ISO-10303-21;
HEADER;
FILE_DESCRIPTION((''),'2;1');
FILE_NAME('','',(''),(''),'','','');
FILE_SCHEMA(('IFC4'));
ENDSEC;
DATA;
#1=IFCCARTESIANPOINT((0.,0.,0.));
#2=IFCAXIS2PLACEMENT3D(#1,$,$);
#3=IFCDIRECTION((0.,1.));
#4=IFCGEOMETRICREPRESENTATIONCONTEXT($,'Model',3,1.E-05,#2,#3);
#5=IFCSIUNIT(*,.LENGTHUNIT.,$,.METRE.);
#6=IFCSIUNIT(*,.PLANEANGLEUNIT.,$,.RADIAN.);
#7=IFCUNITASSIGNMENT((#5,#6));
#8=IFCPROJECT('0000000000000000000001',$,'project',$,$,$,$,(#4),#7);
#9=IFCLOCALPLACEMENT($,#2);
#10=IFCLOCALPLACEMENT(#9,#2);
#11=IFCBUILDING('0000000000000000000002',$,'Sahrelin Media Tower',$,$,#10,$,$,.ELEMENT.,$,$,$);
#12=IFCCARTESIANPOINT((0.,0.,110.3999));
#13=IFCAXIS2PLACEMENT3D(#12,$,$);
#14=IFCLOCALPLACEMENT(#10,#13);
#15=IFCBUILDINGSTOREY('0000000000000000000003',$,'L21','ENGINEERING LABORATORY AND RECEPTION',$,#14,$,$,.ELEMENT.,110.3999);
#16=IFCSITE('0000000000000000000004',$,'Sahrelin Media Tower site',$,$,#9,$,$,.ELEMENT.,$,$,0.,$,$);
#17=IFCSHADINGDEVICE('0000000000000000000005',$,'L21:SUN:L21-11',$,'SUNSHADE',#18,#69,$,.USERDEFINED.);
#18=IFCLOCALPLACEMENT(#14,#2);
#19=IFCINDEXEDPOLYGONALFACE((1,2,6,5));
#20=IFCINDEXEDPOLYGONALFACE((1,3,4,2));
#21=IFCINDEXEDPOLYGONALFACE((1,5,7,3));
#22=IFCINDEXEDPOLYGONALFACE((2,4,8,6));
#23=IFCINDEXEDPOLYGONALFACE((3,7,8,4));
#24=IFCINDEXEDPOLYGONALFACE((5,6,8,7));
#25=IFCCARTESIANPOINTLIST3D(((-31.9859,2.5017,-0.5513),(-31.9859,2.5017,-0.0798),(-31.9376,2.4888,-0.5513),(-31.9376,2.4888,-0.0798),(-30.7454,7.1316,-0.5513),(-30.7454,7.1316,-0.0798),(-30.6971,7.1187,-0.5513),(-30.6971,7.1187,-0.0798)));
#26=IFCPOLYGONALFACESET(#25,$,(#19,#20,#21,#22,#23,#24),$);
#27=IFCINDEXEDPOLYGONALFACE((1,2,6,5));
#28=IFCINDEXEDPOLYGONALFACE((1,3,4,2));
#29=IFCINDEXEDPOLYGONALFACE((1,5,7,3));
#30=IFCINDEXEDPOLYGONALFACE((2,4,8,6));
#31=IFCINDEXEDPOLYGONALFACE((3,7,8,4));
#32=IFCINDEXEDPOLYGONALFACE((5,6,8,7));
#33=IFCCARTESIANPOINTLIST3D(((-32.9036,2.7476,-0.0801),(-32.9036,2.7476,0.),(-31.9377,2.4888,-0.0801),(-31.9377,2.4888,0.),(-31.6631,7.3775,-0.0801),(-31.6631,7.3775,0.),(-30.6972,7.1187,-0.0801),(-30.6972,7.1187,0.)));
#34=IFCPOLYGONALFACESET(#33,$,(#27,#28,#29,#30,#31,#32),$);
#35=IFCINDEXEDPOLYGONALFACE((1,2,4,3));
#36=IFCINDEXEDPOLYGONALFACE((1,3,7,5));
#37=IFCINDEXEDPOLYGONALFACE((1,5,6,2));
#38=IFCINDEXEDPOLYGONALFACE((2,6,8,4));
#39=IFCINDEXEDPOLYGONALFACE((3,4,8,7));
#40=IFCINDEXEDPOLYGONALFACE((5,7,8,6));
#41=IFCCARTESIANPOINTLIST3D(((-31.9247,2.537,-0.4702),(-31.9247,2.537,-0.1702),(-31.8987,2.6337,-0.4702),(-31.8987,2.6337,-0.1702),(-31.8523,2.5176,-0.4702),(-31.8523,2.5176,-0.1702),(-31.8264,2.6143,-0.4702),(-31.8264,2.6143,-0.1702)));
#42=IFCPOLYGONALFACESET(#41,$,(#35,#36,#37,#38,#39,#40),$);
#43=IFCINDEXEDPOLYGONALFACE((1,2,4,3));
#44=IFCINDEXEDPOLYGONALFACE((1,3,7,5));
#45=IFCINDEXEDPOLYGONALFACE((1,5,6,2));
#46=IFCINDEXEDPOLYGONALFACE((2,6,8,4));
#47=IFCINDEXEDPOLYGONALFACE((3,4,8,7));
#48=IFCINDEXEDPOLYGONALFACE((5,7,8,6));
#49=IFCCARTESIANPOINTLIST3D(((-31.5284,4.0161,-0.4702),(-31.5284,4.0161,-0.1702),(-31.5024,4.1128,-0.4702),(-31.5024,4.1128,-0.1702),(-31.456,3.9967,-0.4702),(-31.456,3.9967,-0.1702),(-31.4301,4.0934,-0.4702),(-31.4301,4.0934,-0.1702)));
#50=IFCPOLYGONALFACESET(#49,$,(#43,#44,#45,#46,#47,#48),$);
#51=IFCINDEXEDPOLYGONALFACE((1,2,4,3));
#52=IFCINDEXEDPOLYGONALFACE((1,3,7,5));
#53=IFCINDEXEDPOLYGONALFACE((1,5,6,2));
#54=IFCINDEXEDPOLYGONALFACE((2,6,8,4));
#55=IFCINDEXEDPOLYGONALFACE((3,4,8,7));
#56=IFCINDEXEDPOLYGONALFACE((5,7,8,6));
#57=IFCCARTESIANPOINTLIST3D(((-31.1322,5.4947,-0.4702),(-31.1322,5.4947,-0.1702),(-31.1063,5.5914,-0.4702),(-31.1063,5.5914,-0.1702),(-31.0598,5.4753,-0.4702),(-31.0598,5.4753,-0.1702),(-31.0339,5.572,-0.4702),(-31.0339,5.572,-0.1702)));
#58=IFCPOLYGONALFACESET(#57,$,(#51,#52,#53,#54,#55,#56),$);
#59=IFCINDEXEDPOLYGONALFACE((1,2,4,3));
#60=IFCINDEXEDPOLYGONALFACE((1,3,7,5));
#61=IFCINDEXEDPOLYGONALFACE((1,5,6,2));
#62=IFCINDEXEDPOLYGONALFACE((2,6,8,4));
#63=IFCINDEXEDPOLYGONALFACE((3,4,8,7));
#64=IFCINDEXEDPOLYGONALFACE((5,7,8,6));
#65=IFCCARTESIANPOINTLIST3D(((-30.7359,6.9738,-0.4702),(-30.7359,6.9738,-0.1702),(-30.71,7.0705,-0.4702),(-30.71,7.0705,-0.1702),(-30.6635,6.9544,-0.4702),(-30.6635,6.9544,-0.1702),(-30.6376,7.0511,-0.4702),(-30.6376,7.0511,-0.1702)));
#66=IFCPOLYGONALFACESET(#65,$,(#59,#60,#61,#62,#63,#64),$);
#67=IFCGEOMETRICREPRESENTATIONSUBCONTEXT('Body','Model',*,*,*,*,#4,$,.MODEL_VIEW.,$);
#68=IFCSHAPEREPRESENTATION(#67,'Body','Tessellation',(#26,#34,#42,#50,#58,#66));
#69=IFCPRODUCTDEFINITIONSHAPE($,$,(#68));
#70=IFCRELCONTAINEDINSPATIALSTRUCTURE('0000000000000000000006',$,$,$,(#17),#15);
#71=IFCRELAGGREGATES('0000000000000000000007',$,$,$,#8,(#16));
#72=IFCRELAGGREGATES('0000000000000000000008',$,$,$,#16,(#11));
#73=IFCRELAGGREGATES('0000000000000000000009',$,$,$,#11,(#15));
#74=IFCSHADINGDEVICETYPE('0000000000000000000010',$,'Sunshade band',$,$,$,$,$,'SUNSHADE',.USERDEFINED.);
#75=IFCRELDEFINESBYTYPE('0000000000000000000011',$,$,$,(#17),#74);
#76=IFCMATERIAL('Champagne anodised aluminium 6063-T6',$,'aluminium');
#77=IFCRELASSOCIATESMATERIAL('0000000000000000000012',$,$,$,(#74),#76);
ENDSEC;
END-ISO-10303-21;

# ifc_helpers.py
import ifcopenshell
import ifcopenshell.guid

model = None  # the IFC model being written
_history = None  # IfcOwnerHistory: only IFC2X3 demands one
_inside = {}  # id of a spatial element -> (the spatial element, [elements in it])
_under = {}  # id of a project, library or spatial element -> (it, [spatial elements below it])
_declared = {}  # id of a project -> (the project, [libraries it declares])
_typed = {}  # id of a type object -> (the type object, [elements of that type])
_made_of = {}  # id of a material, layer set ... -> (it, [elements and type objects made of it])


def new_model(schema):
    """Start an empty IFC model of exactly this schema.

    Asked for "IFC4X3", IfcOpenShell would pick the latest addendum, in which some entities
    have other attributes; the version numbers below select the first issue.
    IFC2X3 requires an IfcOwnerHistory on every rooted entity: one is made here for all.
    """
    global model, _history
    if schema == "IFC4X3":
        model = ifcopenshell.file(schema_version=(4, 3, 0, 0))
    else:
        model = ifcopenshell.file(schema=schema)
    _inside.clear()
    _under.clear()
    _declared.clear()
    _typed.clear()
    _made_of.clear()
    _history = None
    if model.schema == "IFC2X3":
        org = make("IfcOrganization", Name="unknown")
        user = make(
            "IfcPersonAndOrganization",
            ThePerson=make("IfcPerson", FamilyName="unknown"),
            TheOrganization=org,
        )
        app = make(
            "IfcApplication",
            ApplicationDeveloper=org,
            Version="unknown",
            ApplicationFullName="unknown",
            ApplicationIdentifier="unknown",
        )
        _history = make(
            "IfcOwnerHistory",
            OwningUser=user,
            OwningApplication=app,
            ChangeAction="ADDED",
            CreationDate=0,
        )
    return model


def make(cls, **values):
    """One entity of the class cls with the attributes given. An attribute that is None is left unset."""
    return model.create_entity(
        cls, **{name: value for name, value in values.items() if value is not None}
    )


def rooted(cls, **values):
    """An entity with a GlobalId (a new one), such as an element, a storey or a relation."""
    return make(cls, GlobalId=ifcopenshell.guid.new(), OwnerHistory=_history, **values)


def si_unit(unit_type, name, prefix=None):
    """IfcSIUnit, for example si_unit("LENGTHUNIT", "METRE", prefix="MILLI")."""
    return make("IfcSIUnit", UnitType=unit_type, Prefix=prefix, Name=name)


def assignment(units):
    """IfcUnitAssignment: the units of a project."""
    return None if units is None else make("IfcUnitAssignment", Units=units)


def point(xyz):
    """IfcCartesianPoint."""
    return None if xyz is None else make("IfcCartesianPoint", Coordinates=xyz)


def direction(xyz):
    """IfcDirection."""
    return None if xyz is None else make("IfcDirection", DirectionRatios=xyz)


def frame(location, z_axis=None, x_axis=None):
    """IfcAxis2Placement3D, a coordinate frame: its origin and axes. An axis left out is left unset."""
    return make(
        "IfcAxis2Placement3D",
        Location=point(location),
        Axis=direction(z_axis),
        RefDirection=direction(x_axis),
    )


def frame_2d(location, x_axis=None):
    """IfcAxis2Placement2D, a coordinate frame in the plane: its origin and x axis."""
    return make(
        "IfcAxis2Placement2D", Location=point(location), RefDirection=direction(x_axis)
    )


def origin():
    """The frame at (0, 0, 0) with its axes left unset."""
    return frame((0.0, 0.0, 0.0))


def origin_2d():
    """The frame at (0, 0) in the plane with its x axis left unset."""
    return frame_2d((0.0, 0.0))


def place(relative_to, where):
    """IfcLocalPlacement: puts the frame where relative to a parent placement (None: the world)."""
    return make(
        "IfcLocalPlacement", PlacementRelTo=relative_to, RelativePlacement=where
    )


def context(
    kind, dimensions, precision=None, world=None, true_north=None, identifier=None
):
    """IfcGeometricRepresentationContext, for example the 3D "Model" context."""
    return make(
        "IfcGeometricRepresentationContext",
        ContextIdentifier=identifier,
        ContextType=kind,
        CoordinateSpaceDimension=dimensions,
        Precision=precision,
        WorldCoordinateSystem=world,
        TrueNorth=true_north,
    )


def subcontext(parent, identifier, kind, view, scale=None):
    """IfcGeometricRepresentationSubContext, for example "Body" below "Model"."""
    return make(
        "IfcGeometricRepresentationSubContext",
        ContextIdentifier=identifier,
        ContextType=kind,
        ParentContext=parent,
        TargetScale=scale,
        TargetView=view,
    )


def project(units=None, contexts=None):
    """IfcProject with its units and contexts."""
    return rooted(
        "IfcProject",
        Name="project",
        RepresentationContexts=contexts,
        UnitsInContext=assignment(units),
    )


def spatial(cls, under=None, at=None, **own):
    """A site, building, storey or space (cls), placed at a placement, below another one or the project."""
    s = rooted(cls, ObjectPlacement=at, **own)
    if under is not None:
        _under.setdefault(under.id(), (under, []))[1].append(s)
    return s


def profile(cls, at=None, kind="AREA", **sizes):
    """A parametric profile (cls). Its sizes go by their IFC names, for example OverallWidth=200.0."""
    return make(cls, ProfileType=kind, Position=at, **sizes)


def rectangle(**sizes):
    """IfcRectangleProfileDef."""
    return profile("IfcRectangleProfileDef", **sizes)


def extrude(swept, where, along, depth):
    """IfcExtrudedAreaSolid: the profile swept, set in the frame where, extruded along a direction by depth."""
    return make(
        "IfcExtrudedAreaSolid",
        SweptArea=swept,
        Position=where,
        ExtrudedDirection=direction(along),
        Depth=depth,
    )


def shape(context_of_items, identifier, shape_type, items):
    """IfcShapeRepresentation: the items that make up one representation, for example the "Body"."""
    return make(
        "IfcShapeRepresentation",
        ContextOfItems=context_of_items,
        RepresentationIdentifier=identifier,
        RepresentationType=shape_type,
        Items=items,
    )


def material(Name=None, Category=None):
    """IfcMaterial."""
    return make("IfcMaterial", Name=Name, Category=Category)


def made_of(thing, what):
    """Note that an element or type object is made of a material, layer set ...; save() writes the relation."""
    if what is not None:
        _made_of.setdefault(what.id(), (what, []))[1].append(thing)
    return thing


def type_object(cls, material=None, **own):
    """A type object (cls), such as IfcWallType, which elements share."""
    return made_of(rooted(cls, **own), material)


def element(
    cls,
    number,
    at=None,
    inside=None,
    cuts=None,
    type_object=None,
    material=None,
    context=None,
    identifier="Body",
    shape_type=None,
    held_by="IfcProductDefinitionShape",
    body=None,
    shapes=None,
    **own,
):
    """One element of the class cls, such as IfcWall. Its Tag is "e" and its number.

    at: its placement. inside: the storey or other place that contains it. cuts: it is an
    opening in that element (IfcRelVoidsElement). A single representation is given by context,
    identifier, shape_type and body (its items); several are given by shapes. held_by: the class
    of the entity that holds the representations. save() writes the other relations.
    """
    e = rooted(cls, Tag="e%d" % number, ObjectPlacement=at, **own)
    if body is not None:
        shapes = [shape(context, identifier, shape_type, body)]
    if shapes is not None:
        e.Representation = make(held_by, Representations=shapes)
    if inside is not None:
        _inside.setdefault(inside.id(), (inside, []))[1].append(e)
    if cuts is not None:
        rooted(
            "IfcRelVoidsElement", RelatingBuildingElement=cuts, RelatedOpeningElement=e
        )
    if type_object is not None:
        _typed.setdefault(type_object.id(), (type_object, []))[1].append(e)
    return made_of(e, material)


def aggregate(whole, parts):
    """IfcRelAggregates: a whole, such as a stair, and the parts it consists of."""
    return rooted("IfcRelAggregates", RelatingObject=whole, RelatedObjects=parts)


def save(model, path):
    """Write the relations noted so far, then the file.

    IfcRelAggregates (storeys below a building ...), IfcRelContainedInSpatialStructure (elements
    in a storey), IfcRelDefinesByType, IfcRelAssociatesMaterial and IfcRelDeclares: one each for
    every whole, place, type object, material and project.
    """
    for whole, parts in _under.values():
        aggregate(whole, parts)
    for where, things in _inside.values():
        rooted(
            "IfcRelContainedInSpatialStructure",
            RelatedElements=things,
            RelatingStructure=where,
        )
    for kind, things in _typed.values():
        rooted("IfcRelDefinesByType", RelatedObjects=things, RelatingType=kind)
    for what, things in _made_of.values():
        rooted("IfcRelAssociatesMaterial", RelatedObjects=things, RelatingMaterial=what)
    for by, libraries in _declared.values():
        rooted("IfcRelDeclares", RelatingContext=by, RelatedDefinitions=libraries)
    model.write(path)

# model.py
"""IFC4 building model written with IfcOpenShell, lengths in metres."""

from ifc_helpers import new_model, si_unit, direction, frame, origin, origin_2d, place, context, subcontext, project, spatial, rectangle, extrude, material, type_object, element, save


model = new_model("IFC4")

# Units and contexts
model_context = context("Model", 3, precision=1e-05, world=origin(), true_north=direction((0.0, 1.0)))
body_context = subcontext(model_context, "Body", "Model", "MODEL_VIEW")
ifc_project = project(units=[si_unit("LENGTHUNIT", "METRE"), si_unit("PLANEANGLEUNIT", "RADIAN")], contexts=[model_context])

# Site, building, storey
site_placement = place(None, origin())
site = spatial("IfcSite", under=ifc_project, at=site_placement, Name="Sahrelin Media Tower site", CompositionType="ELEMENT", RefElevation=0.0)
building_placement = place(site_placement, origin())
building = spatial("IfcBuilding", under=site, at=building_placement, Name="Sahrelin Media Tower", CompositionType="ELEMENT")
storey_placement = place(building_placement, frame((0.0, 0.0, 110.3999)))
storey = spatial("IfcBuildingStorey", under=building, at=storey_placement, Name="L21", Description="ENGINEERING LABORATORY AND RECEPTION", CompositionType="ELEMENT", Elevation=110.3999)

# Shared definitions
ifc_material_1 = material(Name="Champagne anodised aluminium 6063-T6", Category="aluminium")

# Shading device
placement_1 = place(storey_placement, frame((-31.2981, 4.7986, 0.0), z_axis=(0.0, 0.0, 1.0), x_axis=(0.258808, 0.965929, 0.0)))
shading_device_type_1 = type_object("IfcShadingDeviceType", Name="Sunshade band", ElementType="SUNSHADE", PredefinedType="USERDEFINED", material=ifc_material_1)
element("IfcShadingDevice", 1, at=placement_1, inside=storey, type_object=shading_device_type_1, Name="L21:SUN:L21-11", ObjectType="SUNSHADE", PredefinedType="USERDEFINED", context=body_context, shape_type="SweptSolid", body=[
    extrude(rectangle(XDim=4.7932, YDim=0.05, at=origin_2d()), frame((0.0, 0.0449, -0.5513)), (0.0, 0.0, 1.0), 0.4714),
    extrude(rectangle(XDim=4.7932, YDim=1.0, at=origin_2d()), frame((0.0, 0.52, -0.0801)), (0.0, 0.0, 1.0), 0.0801),
    extrude(rectangle(XDim=0.1001, YDim=0.075, at=origin_2d()), frame((-2.2966, -0.0176, -0.4702)), (0.0, 0.0, 1.0), 0.3),
    extrude(rectangle(XDim=0.1001, YDim=0.075, at=origin_2d()), frame((-0.7654, -0.0176, -0.4702)), (0.0, 0.0, 1.0), 0.3),
    extrude(rectangle(XDim=0.1001, YDim=0.075, at=origin_2d()), frame((0.7654, -0.0176, -0.4702)), (0.0, 0.0, 1.0), 0.3),
    extrude(rectangle(XDim=0.1001, YDim=0.075, at=origin_2d()), frame((2.2966, -0.0176, -0.4702)), (0.0, 0.0, 1.0), 0.3),
])

save(model, "model.ifc")
